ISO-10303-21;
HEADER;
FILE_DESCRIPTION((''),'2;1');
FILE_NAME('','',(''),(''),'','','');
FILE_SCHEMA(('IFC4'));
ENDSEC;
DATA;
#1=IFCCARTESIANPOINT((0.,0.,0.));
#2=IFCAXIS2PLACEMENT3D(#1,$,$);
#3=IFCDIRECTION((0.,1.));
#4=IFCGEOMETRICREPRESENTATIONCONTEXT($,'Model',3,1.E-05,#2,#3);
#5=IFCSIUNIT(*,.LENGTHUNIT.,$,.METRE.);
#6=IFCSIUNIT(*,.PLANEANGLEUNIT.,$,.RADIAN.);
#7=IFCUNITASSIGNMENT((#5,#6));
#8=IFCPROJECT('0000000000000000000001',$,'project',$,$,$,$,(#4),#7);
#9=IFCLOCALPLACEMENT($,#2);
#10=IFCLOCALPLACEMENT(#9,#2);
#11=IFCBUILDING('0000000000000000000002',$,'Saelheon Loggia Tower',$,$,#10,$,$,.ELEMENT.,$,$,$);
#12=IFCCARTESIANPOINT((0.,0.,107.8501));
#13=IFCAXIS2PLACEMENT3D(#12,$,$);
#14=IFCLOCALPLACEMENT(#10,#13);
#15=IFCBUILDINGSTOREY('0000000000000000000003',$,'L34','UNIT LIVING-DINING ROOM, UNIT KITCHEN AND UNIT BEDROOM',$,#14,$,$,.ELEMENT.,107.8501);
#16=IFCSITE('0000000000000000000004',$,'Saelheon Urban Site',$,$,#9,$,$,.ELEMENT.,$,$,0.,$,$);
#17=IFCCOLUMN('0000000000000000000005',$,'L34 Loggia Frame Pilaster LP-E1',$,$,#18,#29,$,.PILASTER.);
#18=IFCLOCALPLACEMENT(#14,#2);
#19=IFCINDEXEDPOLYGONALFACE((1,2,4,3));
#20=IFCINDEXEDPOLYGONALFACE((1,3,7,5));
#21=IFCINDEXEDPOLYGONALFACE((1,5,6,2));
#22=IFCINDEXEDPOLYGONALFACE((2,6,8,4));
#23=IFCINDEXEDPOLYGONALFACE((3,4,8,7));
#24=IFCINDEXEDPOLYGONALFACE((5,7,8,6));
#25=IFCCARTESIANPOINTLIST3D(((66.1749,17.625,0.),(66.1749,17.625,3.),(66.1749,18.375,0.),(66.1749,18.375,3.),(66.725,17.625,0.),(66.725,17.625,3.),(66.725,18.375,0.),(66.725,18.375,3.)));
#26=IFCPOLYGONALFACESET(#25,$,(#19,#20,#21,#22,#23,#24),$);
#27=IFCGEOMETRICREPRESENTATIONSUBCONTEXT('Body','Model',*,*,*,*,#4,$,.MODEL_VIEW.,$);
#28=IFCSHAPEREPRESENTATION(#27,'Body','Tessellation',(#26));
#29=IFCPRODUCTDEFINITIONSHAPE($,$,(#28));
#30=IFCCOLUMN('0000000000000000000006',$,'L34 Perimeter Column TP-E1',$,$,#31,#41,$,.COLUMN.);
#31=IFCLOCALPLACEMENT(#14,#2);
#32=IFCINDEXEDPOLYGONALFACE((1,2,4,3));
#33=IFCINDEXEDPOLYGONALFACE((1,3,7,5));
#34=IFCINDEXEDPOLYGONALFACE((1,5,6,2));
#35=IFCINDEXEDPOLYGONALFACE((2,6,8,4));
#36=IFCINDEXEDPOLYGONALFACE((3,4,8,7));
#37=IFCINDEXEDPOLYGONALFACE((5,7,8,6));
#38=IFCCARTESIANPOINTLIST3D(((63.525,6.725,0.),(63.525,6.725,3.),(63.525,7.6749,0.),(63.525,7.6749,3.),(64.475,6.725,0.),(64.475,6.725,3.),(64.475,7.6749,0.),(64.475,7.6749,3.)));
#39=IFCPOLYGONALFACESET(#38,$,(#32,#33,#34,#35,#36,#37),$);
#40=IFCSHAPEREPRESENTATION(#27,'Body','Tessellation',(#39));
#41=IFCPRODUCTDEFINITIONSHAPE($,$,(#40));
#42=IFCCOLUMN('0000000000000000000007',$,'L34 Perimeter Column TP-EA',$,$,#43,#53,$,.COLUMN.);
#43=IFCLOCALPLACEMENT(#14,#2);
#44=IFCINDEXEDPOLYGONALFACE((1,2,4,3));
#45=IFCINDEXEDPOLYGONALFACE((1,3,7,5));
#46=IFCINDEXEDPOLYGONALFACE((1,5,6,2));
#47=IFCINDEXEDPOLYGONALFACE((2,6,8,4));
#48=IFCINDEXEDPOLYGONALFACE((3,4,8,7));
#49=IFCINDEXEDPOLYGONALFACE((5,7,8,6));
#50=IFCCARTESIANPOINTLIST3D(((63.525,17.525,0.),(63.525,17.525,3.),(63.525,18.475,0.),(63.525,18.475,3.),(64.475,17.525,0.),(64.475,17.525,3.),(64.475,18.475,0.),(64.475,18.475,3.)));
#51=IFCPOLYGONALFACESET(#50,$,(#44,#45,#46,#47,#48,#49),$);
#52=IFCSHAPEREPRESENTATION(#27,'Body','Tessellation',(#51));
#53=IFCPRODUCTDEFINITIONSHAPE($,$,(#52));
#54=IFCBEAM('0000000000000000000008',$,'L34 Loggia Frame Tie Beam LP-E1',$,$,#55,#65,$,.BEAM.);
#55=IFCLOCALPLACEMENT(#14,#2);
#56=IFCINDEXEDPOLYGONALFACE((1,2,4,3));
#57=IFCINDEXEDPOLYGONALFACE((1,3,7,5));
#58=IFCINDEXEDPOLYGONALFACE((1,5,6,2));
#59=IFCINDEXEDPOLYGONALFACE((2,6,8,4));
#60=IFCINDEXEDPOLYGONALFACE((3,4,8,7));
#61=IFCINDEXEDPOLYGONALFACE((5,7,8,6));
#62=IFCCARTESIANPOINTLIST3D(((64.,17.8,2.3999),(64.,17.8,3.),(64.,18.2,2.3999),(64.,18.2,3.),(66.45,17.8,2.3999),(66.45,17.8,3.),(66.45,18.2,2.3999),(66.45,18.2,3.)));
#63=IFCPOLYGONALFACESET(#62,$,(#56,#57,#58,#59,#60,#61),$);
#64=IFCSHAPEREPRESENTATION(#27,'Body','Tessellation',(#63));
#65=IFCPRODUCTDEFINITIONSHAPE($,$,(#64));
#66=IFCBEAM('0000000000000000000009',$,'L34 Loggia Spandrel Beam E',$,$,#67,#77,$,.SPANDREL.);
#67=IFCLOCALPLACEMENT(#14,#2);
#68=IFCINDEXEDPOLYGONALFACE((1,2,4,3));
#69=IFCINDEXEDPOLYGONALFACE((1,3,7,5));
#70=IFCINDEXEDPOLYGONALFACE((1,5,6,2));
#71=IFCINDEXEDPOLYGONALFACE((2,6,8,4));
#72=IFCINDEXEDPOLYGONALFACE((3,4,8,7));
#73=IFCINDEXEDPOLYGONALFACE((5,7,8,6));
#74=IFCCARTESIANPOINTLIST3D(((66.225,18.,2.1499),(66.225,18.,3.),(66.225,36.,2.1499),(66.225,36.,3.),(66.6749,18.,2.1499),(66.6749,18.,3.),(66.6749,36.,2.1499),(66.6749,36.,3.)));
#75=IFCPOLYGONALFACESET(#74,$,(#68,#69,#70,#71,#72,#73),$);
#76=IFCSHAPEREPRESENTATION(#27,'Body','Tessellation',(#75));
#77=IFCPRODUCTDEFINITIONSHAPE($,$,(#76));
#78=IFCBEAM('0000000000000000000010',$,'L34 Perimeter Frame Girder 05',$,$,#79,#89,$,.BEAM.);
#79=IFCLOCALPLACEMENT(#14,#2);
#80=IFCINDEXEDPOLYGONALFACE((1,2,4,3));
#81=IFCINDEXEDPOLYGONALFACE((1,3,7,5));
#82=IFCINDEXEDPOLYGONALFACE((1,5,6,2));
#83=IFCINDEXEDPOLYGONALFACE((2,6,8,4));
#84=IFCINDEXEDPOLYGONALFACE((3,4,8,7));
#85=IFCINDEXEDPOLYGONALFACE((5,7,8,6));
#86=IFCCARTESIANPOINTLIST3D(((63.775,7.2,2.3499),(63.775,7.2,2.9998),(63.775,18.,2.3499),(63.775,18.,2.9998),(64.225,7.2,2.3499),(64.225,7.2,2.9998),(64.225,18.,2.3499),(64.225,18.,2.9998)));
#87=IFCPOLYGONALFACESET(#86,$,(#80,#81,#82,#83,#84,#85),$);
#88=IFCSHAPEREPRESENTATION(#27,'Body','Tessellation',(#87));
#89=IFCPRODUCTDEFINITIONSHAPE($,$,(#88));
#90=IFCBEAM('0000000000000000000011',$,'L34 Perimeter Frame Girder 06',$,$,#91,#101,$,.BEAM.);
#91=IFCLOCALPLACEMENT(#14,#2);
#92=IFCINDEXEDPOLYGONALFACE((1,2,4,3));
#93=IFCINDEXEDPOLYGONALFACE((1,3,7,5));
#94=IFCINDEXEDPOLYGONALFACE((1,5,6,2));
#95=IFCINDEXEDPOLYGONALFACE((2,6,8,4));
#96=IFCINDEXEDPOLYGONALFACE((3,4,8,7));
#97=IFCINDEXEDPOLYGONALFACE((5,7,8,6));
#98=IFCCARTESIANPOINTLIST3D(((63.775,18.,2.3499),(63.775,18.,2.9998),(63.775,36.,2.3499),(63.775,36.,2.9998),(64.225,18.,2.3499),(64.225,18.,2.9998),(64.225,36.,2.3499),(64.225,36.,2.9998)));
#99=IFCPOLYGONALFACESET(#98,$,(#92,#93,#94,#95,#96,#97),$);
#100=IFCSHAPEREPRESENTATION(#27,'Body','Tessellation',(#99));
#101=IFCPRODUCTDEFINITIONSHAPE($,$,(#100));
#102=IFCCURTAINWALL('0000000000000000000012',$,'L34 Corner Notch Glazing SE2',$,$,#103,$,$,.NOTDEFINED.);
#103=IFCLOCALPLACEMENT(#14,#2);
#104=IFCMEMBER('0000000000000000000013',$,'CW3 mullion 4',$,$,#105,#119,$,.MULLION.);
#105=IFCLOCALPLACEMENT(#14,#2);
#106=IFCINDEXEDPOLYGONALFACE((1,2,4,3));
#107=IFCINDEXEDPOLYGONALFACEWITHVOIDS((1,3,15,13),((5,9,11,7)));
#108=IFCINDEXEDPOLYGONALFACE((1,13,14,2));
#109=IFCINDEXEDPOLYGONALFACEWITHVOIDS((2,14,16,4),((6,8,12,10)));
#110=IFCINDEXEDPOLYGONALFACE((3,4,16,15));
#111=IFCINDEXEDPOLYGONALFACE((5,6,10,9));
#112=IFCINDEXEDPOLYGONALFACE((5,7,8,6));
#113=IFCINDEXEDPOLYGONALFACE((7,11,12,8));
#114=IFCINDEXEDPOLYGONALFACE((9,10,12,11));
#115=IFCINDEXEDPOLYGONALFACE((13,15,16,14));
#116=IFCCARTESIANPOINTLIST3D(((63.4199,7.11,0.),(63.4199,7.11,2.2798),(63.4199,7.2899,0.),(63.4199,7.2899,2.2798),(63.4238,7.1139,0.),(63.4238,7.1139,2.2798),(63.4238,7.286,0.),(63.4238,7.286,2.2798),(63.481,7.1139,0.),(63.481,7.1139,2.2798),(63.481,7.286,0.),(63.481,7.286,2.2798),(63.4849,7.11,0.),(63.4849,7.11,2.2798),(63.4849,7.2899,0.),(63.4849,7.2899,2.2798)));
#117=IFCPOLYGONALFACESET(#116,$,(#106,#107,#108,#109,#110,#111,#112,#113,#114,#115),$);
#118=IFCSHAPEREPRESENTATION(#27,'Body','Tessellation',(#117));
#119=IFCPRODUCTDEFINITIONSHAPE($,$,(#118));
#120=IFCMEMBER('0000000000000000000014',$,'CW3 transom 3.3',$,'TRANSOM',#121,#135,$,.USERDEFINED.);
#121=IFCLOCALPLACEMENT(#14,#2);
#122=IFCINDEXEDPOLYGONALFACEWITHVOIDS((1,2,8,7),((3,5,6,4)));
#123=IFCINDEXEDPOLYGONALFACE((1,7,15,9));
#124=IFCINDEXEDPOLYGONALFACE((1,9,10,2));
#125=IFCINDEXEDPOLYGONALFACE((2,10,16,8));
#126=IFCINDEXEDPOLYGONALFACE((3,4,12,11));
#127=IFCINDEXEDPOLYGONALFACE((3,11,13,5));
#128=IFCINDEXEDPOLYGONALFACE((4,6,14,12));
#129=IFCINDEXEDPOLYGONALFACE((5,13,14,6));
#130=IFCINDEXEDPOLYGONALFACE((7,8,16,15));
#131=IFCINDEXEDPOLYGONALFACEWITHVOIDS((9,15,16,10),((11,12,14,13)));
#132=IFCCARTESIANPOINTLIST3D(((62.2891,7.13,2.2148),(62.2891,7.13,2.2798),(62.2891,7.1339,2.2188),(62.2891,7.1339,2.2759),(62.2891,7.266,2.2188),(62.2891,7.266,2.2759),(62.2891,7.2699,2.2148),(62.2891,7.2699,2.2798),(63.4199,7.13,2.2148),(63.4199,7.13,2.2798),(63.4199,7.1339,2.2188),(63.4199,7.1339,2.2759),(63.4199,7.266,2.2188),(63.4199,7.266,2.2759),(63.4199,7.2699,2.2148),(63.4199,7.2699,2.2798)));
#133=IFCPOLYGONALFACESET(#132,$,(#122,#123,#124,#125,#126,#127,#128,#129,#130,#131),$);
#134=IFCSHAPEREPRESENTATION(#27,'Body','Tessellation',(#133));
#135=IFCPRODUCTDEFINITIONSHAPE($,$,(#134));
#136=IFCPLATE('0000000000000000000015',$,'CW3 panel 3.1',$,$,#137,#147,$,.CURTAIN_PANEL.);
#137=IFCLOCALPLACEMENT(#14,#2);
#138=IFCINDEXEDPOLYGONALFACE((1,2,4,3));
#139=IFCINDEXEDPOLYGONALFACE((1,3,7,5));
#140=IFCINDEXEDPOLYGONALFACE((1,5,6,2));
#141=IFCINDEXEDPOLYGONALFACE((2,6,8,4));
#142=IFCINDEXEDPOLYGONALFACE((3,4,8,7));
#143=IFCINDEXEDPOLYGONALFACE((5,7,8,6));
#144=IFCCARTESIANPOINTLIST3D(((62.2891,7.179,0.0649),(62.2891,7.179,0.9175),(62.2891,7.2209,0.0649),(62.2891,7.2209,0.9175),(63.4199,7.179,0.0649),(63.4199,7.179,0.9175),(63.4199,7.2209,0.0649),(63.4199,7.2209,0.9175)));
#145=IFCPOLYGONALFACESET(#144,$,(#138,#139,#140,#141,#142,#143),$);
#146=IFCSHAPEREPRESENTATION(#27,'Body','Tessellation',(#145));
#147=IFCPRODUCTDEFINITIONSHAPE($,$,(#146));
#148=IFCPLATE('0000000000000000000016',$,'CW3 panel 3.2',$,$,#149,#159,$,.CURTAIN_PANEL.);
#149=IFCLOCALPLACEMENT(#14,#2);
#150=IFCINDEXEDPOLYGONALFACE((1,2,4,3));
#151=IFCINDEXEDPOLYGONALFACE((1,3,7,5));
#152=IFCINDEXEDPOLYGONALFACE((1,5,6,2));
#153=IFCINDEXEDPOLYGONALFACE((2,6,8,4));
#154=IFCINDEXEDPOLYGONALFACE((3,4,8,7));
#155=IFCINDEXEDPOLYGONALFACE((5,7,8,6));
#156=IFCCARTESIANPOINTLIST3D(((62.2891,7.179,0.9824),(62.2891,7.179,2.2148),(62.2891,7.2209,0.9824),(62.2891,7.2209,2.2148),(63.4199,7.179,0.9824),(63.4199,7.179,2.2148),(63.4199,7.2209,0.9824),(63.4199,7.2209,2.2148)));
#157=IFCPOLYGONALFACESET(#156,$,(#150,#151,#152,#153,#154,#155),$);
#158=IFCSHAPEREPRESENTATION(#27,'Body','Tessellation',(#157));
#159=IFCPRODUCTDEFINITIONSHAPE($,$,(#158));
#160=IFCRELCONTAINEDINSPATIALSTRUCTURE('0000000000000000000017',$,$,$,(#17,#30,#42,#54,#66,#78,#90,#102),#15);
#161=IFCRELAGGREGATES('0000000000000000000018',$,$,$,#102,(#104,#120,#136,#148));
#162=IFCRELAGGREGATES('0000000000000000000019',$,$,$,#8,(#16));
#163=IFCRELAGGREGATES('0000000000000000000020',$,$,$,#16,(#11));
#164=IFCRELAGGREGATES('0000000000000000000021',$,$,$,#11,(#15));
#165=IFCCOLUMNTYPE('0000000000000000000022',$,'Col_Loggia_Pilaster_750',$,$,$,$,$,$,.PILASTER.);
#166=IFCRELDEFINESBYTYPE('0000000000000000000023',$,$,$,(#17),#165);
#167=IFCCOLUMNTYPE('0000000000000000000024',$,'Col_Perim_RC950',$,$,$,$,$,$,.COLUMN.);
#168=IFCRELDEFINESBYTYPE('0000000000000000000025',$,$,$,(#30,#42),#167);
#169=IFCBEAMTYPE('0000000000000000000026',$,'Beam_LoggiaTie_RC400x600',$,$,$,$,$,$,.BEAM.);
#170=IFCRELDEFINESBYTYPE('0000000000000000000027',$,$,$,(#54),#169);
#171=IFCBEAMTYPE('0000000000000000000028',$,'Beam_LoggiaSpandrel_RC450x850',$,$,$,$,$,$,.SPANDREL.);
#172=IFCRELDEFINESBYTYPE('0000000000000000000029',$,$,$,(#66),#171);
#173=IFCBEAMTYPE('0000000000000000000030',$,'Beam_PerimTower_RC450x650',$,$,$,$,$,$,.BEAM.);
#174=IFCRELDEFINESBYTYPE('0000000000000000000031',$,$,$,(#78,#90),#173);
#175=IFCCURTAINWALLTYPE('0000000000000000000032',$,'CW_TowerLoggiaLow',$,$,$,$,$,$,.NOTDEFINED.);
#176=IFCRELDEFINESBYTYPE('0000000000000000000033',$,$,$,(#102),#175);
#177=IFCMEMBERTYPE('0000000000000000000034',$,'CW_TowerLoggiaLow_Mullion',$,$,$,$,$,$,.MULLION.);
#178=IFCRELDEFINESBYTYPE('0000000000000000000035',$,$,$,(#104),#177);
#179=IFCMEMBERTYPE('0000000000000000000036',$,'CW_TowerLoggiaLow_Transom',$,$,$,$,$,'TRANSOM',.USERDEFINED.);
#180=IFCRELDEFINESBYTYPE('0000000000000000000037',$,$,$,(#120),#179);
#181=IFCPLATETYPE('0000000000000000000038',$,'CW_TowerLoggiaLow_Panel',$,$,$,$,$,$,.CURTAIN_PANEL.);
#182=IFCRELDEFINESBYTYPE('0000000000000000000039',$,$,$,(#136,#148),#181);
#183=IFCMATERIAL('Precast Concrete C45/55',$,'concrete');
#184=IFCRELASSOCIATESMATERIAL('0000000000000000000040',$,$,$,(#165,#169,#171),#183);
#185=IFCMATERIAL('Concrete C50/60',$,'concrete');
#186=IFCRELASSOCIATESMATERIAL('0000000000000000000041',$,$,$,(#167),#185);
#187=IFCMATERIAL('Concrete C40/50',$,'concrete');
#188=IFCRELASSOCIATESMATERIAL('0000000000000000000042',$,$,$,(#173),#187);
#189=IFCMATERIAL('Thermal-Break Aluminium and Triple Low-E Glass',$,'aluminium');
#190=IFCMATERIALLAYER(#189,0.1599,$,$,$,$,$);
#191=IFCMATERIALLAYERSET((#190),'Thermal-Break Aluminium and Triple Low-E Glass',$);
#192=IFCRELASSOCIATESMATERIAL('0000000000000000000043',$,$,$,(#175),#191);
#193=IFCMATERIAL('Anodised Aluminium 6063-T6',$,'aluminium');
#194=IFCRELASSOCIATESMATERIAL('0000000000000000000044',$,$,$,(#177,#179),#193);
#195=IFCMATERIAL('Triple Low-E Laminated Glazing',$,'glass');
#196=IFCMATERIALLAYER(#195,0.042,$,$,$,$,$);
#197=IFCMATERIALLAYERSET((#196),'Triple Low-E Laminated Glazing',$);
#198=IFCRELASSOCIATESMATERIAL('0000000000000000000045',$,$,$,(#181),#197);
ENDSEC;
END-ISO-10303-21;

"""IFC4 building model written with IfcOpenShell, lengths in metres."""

from ifc_helpers import new_model, si_unit, direction, frame, origin, origin_2d, place, context, subcontext, project, spatial, rectangle, hollow_rectangle, extrude, source, transform, mapped, material, layer, layer_set, material_profile, profile_set, type_object, element, aggregate, save


model = new_model("IFC4")

# Units and contexts
model_context = context("Model", 3, precision=1e-05, world=origin(), true_north=direction((0.0, 1.0)))
body_context = subcontext(model_context, "Body", "Model", "MODEL_VIEW")
ifc_project = project(units=[si_unit("LENGTHUNIT", "METRE"), si_unit("PLANEANGLEUNIT", "RADIAN")], contexts=[model_context])

# Site, building, storey
site_placement = place(None, origin())
site = spatial("IfcSite", under=ifc_project, at=site_placement, Name="Saelheon Urban Site", CompositionType="ELEMENT", RefElevation=0.0)
building_placement = place(site_placement, origin())
building = spatial("IfcBuilding", under=site, at=building_placement, Name="Saelheon Loggia Tower", CompositionType="ELEMENT")
storey_placement = place(building_placement, frame((0.0, 0.0, 107.8501)))
storey = spatial("IfcBuildingStorey", under=building, at=storey_placement, Name="L34", Description="UNIT LIVING-DINING ROOM, UNIT KITCHEN AND UNIT BEDROOM", CompositionType="ELEMENT", Elevation=107.8501)

# Columns
ifc_material_1 = material(Name="Precast Concrete C45/55", Category="concrete")
ifc_material_profile_1 = material_profile(ifc_material_1, rectangle(XDim=0.55, YDim=0.75, at=origin_2d()), Name="RC-550x750")
ifc_profile_set_1 = profile_set([ifc_material_profile_1], Name="Precast Concrete C45/55")
column_type_1 = type_object("IfcColumnType", Name="Col_Loggia_Pilaster_750", PredefinedType="PILASTER", material=ifc_profile_set_1)
shared_shape_1 = source(origin(), body_context, "Body", "SweptSolid", [
    extrude(rectangle(XDim=0.55, YDim=0.75, at=origin_2d()), origin(), (0.0, 0.0, 1.0), 3.0),
])
column_placement = place(storey_placement, frame((66.45, 18.0, 0.0), z_axis=(0.0, 0.0, 1.0), x_axis=(1.0, 0.0, 0.0)))
element("IfcColumn", 1, at=column_placement, inside=storey, type_object=column_type_1, Name="L34 Loggia Frame Pilaster LP-E1", PredefinedType="PILASTER", context=body_context, shape_type="MappedRepresentation", body=[
    mapped(shared_shape_1, transform((0.0, 0.0, 0.0), scale=1.0)),
])
ifc_material_2 = material(Name="Concrete C50/60", Category="concrete")
ifc_material_profile_2 = material_profile(ifc_material_2, rectangle(XDim=0.95, YDim=0.95, at=origin_2d()), Name="RC-950x950")
ifc_profile_set_2 = profile_set([ifc_material_profile_2], Name="Concrete C50/60")
column_type_2 = type_object("IfcColumnType", Name="Col_Perim_RC950", PredefinedType="COLUMN", material=ifc_profile_set_2)
shared_shape_2 = source(origin(), body_context, "Body", "SweptSolid", [
    extrude(rectangle(XDim=0.95, YDim=0.95, at=origin_2d()), origin(), (0.0, 0.0, 1.0), 3.0),
])
for number, where, z_axis, x_axis, name in (
    (2, (64.0, 7.2, 0.0), (0.0, 0.0, 1.0), (1.0, 0.0, 0.0), "L34 Perimeter Column TP-E1"),
    (3, (64.0, 18.0, 0.0), (0.0, 0.0, 1.0), (1.0, 0.0, 0.0), "L34 Perimeter Column TP-EA"),
):
    element("IfcColumn", number, at=place(storey_placement, frame(where, z_axis=z_axis, x_axis=x_axis)), inside=storey, type_object=column_type_2, Name=name, PredefinedType="COLUMN", context=body_context, shape_type="MappedRepresentation", body=[
        mapped(shared_shape_2, transform((0.0, 0.0, 0.0), scale=1.0)),
    ])

# Beams
ifc_material_profile_3 = material_profile(ifc_material_1, rectangle(XDim=0.3999, YDim=0.6001, at=origin_2d()), Name="RC-400x600")
ifc_profile_set_3 = profile_set([ifc_material_profile_3], Name="Precast Concrete C45/55")
beam_type_1 = type_object("IfcBeamType", Name="Beam_LoggiaTie_RC400x600", PredefinedType="BEAM", material=ifc_profile_set_3)
shared_shape_3 = source(origin(), body_context, "Body", "SweptSolid", [
    extrude(rectangle(XDim=0.3999, YDim=0.6001, at=origin_2d()), origin(), (0.0, 0.0, 1.0), 2.45),
])
beam_1_placement = place(storey_placement, frame((64.0, 18.0, 2.7), z_axis=(1.0, 0.0, 0.0), x_axis=(0.0, 1.0, 0.0)))
element("IfcBeam", 4, at=beam_1_placement, inside=storey, type_object=beam_type_1, Name="L34 Loggia Frame Tie Beam LP-E1", PredefinedType="BEAM", context=body_context, shape_type="MappedRepresentation", body=[
    mapped(shared_shape_3, transform((0.0, 0.0, 0.0), scale=1.0)),
])
ifc_material_profile_4 = material_profile(ifc_material_1, rectangle(XDim=0.45, YDim=0.8501, at=origin_2d()), Name="RC-450x850")
ifc_profile_set_4 = profile_set([ifc_material_profile_4], Name="Precast Concrete C45/55")
beam_type_2 = type_object("IfcBeamType", Name="Beam_LoggiaSpandrel_RC450x850", PredefinedType="SPANDREL", material=ifc_profile_set_4)
shared_shape_4 = source(origin(), body_context, "Body", "SweptSolid", [
    extrude(rectangle(XDim=0.45, YDim=0.8501, at=origin_2d()), origin(), (0.0, 0.0, 1.0), 18.0),
])
beam_2_placement = place(storey_placement, frame((66.45, 18.0, 2.575), z_axis=(0.0, 1.0, 0.0), x_axis=(-1.0, 0.0, 0.0)))
element("IfcBeam", 5, at=beam_2_placement, inside=storey, type_object=beam_type_2, Name="L34 Loggia Spandrel Beam E", PredefinedType="SPANDREL", context=body_context, shape_type="MappedRepresentation", body=[
    mapped(shared_shape_4, transform((0.0, 0.0, 0.0), scale=1.0)),
])
ifc_material_3 = material(Name="Concrete C40/50", Category="concrete")
ifc_material_profile_5 = material_profile(ifc_material_3, rectangle(XDim=0.45, YDim=0.6499, at=origin_2d()), Name="RC-450x650")
ifc_profile_set_5 = profile_set([ifc_material_profile_5], Name="Concrete C40/50")
beam_type_3 = type_object("IfcBeamType", Name="Beam_PerimTower_RC450x650", PredefinedType="BEAM", material=ifc_profile_set_5)
shared_shape_5 = source(origin(), body_context, "Body", "SweptSolid", [
    extrude(rectangle(XDim=0.45, YDim=0.6499, at=origin_2d()), origin(), (0.0, 0.0, 1.0), 10.8),
])
beam_3_placement = place(storey_placement, frame((64.0, 7.2, 2.6748), z_axis=(0.0, 1.0, 0.0), x_axis=(-1.0, 0.0, 0.0)))
element("IfcBeam", 6, at=beam_3_placement, inside=storey, type_object=beam_type_3, Name="L34 Perimeter Frame Girder 05", PredefinedType="BEAM", context=body_context, shape_type="MappedRepresentation", body=[
    mapped(shared_shape_5, transform((0.0, 0.0, 0.0), scale=1.0)),
])
shared_shape_6 = source(origin(), body_context, "Body", "SweptSolid", [
    extrude(rectangle(XDim=0.45, YDim=0.6499, at=origin_2d()), origin(), (0.0, 0.0, 1.0), 18.0),
])
beam_4_placement = place(storey_placement, frame((64.0, 18.0, 2.6748), z_axis=(0.0, 1.0, 0.0), x_axis=(-1.0, 0.0, 0.0)))
element("IfcBeam", 7, at=beam_4_placement, inside=storey, type_object=beam_type_3, Name="L34 Perimeter Frame Girder 06", PredefinedType="BEAM", context=body_context, shape_type="MappedRepresentation", body=[
    mapped(shared_shape_6, transform((0.0, 0.0, 0.0), scale=1.0)),
])

# Curtain wall, members, plates
ifc_material_4 = material(Name="Thermal-Break Aluminium and Triple Low-E Glass", Category="aluminium")
ifc_layer_1 = layer(ifc_material_4, 0.1599)
ifc_layer_set_1 = layer_set([ifc_layer_1], Name="Thermal-Break Aluminium and Triple Low-E Glass")
curtain_wall_type = type_object("IfcCurtainWallType", Name="CW_TowerLoggiaLow", PredefinedType="NOTDEFINED", material=ifc_layer_set_1)
curtain_wall_placement = place(storey_placement, origin())
curtain_wall = element("IfcCurtainWall", 8, at=curtain_wall_placement, inside=storey, type_object=curtain_wall_type, Name="L34 Corner Notch Glazing SE2", PredefinedType="NOTDEFINED")
ifc_material_5 = material(Name="Anodised Aluminium 6063-T6", Category="aluminium")
ifc_material_profile_6 = material_profile(ifc_material_5, hollow_rectangle(XDim=0.0649, YDim=0.1799, WallThickness=0.0039, at=origin_2d()), Name="RHS-180x65x4")
ifc_profile_set_6 = profile_set([ifc_material_profile_6], Name="Anodised Aluminium 6063-T6")
member_type_1 = type_object("IfcMemberType", Name="CW_TowerLoggiaLow_Mullion", PredefinedType="MULLION", material=ifc_profile_set_6)
shared_shape_7 = source(origin(), body_context, "Body", "SweptSolid", [
    extrude(hollow_rectangle(XDim=0.0649, YDim=0.1799, WallThickness=0.0039, at=origin_2d()), origin(), (0.0, 0.0, 1.0), 2.2798),
])
member_1_placement = place(storey_placement, frame((63.4524, 7.2, 0.0), z_axis=(0.0, 0.0, 1.0), x_axis=(1.0, 0.0, 0.0)))
member_1 = element("IfcMember", 9, at=member_1_placement, type_object=member_type_1, Name="CW3 mullion 4", PredefinedType="MULLION", context=body_context, shape_type="MappedRepresentation", body=[
    mapped(shared_shape_7, transform((0.0, 0.0, 0.0), scale=1.0)),
])
ifc_material_profile_7 = material_profile(ifc_material_5, hollow_rectangle(XDim=0.0649, YDim=0.1399, WallThickness=0.0039, at=origin_2d()), Name="RHS-140x65x4")
ifc_profile_set_7 = profile_set([ifc_material_profile_7], Name="Anodised Aluminium 6063-T6")
member_type_2 = type_object("IfcMemberType", Name="CW_TowerLoggiaLow_Transom", ElementType="TRANSOM", PredefinedType="USERDEFINED", material=ifc_profile_set_7)
shared_shape_8 = source(origin(), body_context, "Body", "SweptSolid", [
    extrude(hollow_rectangle(XDim=0.0649, YDim=0.1399, WallThickness=0.0039, at=origin_2d()), origin(), (0.0, 0.0, 1.0), 1.1309),
])
member_2_placement = place(storey_placement, frame((62.2891, 7.2, 2.2473), z_axis=(1.0, 0.0, 0.0), x_axis=(0.0, 0.0, 1.0)))
member_2 = element("IfcMember", 10, at=member_2_placement, type_object=member_type_2, Name="CW3 transom 3.3", ObjectType="TRANSOM", PredefinedType="USERDEFINED", context=body_context, shape_type="MappedRepresentation", body=[
    mapped(shared_shape_8, transform((0.0, 0.0, 0.0), scale=1.0)),
])
ifc_material_6 = material(Name="Triple Low-E Laminated Glazing", Category="glass")
ifc_layer_2 = layer(ifc_material_6, 0.042)
ifc_layer_set_2 = layer_set([ifc_layer_2], Name="Triple Low-E Laminated Glazing")
plate_type = type_object("IfcPlateType", Name="CW_TowerLoggiaLow_Panel", PredefinedType="CURTAIN_PANEL", material=ifc_layer_set_2)
shared_shape_9 = source(origin(), body_context, "Body", "SweptSolid", [
    extrude(rectangle(XDim=1.1309, YDim=0.042, at=origin_2d()), origin(), (0.0, 0.0, 1.0), 0.8525),
])
plate_1_placement = place(storey_placement, frame((62.8545, 7.2, 0.0649), z_axis=(0.0, 0.0, 1.0), x_axis=(1.0, 0.0, 0.0)))
plate_1 = element("IfcPlate", 11, at=plate_1_placement, type_object=plate_type, Name="CW3 panel 3.1", PredefinedType="CURTAIN_PANEL", context=body_context, shape_type="MappedRepresentation", body=[
    mapped(shared_shape_9, transform((0.0, 0.0, 0.0), scale=1.0)),
])
shared_shape_10 = source(origin(), body_context, "Body", "SweptSolid", [
    extrude(rectangle(XDim=1.1309, YDim=0.042, at=origin_2d()), origin(), (0.0, 0.0, 1.0), 1.2324),
])
plate_2_placement = place(storey_placement, frame((62.8545, 7.2, 0.9824), z_axis=(0.0, 0.0, 1.0), x_axis=(1.0, 0.0, 0.0)))
plate_2 = element("IfcPlate", 12, at=plate_2_placement, type_object=plate_type, Name="CW3 panel 3.2", PredefinedType="CURTAIN_PANEL", context=body_context, shape_type="MappedRepresentation", body=[
    mapped(shared_shape_10, transform((0.0, 0.0, 0.0), scale=1.0)),
])
aggregate(curtain_wall, [member_1, member_2, plate_1, plate_2])

save(model, "model.ifc")
